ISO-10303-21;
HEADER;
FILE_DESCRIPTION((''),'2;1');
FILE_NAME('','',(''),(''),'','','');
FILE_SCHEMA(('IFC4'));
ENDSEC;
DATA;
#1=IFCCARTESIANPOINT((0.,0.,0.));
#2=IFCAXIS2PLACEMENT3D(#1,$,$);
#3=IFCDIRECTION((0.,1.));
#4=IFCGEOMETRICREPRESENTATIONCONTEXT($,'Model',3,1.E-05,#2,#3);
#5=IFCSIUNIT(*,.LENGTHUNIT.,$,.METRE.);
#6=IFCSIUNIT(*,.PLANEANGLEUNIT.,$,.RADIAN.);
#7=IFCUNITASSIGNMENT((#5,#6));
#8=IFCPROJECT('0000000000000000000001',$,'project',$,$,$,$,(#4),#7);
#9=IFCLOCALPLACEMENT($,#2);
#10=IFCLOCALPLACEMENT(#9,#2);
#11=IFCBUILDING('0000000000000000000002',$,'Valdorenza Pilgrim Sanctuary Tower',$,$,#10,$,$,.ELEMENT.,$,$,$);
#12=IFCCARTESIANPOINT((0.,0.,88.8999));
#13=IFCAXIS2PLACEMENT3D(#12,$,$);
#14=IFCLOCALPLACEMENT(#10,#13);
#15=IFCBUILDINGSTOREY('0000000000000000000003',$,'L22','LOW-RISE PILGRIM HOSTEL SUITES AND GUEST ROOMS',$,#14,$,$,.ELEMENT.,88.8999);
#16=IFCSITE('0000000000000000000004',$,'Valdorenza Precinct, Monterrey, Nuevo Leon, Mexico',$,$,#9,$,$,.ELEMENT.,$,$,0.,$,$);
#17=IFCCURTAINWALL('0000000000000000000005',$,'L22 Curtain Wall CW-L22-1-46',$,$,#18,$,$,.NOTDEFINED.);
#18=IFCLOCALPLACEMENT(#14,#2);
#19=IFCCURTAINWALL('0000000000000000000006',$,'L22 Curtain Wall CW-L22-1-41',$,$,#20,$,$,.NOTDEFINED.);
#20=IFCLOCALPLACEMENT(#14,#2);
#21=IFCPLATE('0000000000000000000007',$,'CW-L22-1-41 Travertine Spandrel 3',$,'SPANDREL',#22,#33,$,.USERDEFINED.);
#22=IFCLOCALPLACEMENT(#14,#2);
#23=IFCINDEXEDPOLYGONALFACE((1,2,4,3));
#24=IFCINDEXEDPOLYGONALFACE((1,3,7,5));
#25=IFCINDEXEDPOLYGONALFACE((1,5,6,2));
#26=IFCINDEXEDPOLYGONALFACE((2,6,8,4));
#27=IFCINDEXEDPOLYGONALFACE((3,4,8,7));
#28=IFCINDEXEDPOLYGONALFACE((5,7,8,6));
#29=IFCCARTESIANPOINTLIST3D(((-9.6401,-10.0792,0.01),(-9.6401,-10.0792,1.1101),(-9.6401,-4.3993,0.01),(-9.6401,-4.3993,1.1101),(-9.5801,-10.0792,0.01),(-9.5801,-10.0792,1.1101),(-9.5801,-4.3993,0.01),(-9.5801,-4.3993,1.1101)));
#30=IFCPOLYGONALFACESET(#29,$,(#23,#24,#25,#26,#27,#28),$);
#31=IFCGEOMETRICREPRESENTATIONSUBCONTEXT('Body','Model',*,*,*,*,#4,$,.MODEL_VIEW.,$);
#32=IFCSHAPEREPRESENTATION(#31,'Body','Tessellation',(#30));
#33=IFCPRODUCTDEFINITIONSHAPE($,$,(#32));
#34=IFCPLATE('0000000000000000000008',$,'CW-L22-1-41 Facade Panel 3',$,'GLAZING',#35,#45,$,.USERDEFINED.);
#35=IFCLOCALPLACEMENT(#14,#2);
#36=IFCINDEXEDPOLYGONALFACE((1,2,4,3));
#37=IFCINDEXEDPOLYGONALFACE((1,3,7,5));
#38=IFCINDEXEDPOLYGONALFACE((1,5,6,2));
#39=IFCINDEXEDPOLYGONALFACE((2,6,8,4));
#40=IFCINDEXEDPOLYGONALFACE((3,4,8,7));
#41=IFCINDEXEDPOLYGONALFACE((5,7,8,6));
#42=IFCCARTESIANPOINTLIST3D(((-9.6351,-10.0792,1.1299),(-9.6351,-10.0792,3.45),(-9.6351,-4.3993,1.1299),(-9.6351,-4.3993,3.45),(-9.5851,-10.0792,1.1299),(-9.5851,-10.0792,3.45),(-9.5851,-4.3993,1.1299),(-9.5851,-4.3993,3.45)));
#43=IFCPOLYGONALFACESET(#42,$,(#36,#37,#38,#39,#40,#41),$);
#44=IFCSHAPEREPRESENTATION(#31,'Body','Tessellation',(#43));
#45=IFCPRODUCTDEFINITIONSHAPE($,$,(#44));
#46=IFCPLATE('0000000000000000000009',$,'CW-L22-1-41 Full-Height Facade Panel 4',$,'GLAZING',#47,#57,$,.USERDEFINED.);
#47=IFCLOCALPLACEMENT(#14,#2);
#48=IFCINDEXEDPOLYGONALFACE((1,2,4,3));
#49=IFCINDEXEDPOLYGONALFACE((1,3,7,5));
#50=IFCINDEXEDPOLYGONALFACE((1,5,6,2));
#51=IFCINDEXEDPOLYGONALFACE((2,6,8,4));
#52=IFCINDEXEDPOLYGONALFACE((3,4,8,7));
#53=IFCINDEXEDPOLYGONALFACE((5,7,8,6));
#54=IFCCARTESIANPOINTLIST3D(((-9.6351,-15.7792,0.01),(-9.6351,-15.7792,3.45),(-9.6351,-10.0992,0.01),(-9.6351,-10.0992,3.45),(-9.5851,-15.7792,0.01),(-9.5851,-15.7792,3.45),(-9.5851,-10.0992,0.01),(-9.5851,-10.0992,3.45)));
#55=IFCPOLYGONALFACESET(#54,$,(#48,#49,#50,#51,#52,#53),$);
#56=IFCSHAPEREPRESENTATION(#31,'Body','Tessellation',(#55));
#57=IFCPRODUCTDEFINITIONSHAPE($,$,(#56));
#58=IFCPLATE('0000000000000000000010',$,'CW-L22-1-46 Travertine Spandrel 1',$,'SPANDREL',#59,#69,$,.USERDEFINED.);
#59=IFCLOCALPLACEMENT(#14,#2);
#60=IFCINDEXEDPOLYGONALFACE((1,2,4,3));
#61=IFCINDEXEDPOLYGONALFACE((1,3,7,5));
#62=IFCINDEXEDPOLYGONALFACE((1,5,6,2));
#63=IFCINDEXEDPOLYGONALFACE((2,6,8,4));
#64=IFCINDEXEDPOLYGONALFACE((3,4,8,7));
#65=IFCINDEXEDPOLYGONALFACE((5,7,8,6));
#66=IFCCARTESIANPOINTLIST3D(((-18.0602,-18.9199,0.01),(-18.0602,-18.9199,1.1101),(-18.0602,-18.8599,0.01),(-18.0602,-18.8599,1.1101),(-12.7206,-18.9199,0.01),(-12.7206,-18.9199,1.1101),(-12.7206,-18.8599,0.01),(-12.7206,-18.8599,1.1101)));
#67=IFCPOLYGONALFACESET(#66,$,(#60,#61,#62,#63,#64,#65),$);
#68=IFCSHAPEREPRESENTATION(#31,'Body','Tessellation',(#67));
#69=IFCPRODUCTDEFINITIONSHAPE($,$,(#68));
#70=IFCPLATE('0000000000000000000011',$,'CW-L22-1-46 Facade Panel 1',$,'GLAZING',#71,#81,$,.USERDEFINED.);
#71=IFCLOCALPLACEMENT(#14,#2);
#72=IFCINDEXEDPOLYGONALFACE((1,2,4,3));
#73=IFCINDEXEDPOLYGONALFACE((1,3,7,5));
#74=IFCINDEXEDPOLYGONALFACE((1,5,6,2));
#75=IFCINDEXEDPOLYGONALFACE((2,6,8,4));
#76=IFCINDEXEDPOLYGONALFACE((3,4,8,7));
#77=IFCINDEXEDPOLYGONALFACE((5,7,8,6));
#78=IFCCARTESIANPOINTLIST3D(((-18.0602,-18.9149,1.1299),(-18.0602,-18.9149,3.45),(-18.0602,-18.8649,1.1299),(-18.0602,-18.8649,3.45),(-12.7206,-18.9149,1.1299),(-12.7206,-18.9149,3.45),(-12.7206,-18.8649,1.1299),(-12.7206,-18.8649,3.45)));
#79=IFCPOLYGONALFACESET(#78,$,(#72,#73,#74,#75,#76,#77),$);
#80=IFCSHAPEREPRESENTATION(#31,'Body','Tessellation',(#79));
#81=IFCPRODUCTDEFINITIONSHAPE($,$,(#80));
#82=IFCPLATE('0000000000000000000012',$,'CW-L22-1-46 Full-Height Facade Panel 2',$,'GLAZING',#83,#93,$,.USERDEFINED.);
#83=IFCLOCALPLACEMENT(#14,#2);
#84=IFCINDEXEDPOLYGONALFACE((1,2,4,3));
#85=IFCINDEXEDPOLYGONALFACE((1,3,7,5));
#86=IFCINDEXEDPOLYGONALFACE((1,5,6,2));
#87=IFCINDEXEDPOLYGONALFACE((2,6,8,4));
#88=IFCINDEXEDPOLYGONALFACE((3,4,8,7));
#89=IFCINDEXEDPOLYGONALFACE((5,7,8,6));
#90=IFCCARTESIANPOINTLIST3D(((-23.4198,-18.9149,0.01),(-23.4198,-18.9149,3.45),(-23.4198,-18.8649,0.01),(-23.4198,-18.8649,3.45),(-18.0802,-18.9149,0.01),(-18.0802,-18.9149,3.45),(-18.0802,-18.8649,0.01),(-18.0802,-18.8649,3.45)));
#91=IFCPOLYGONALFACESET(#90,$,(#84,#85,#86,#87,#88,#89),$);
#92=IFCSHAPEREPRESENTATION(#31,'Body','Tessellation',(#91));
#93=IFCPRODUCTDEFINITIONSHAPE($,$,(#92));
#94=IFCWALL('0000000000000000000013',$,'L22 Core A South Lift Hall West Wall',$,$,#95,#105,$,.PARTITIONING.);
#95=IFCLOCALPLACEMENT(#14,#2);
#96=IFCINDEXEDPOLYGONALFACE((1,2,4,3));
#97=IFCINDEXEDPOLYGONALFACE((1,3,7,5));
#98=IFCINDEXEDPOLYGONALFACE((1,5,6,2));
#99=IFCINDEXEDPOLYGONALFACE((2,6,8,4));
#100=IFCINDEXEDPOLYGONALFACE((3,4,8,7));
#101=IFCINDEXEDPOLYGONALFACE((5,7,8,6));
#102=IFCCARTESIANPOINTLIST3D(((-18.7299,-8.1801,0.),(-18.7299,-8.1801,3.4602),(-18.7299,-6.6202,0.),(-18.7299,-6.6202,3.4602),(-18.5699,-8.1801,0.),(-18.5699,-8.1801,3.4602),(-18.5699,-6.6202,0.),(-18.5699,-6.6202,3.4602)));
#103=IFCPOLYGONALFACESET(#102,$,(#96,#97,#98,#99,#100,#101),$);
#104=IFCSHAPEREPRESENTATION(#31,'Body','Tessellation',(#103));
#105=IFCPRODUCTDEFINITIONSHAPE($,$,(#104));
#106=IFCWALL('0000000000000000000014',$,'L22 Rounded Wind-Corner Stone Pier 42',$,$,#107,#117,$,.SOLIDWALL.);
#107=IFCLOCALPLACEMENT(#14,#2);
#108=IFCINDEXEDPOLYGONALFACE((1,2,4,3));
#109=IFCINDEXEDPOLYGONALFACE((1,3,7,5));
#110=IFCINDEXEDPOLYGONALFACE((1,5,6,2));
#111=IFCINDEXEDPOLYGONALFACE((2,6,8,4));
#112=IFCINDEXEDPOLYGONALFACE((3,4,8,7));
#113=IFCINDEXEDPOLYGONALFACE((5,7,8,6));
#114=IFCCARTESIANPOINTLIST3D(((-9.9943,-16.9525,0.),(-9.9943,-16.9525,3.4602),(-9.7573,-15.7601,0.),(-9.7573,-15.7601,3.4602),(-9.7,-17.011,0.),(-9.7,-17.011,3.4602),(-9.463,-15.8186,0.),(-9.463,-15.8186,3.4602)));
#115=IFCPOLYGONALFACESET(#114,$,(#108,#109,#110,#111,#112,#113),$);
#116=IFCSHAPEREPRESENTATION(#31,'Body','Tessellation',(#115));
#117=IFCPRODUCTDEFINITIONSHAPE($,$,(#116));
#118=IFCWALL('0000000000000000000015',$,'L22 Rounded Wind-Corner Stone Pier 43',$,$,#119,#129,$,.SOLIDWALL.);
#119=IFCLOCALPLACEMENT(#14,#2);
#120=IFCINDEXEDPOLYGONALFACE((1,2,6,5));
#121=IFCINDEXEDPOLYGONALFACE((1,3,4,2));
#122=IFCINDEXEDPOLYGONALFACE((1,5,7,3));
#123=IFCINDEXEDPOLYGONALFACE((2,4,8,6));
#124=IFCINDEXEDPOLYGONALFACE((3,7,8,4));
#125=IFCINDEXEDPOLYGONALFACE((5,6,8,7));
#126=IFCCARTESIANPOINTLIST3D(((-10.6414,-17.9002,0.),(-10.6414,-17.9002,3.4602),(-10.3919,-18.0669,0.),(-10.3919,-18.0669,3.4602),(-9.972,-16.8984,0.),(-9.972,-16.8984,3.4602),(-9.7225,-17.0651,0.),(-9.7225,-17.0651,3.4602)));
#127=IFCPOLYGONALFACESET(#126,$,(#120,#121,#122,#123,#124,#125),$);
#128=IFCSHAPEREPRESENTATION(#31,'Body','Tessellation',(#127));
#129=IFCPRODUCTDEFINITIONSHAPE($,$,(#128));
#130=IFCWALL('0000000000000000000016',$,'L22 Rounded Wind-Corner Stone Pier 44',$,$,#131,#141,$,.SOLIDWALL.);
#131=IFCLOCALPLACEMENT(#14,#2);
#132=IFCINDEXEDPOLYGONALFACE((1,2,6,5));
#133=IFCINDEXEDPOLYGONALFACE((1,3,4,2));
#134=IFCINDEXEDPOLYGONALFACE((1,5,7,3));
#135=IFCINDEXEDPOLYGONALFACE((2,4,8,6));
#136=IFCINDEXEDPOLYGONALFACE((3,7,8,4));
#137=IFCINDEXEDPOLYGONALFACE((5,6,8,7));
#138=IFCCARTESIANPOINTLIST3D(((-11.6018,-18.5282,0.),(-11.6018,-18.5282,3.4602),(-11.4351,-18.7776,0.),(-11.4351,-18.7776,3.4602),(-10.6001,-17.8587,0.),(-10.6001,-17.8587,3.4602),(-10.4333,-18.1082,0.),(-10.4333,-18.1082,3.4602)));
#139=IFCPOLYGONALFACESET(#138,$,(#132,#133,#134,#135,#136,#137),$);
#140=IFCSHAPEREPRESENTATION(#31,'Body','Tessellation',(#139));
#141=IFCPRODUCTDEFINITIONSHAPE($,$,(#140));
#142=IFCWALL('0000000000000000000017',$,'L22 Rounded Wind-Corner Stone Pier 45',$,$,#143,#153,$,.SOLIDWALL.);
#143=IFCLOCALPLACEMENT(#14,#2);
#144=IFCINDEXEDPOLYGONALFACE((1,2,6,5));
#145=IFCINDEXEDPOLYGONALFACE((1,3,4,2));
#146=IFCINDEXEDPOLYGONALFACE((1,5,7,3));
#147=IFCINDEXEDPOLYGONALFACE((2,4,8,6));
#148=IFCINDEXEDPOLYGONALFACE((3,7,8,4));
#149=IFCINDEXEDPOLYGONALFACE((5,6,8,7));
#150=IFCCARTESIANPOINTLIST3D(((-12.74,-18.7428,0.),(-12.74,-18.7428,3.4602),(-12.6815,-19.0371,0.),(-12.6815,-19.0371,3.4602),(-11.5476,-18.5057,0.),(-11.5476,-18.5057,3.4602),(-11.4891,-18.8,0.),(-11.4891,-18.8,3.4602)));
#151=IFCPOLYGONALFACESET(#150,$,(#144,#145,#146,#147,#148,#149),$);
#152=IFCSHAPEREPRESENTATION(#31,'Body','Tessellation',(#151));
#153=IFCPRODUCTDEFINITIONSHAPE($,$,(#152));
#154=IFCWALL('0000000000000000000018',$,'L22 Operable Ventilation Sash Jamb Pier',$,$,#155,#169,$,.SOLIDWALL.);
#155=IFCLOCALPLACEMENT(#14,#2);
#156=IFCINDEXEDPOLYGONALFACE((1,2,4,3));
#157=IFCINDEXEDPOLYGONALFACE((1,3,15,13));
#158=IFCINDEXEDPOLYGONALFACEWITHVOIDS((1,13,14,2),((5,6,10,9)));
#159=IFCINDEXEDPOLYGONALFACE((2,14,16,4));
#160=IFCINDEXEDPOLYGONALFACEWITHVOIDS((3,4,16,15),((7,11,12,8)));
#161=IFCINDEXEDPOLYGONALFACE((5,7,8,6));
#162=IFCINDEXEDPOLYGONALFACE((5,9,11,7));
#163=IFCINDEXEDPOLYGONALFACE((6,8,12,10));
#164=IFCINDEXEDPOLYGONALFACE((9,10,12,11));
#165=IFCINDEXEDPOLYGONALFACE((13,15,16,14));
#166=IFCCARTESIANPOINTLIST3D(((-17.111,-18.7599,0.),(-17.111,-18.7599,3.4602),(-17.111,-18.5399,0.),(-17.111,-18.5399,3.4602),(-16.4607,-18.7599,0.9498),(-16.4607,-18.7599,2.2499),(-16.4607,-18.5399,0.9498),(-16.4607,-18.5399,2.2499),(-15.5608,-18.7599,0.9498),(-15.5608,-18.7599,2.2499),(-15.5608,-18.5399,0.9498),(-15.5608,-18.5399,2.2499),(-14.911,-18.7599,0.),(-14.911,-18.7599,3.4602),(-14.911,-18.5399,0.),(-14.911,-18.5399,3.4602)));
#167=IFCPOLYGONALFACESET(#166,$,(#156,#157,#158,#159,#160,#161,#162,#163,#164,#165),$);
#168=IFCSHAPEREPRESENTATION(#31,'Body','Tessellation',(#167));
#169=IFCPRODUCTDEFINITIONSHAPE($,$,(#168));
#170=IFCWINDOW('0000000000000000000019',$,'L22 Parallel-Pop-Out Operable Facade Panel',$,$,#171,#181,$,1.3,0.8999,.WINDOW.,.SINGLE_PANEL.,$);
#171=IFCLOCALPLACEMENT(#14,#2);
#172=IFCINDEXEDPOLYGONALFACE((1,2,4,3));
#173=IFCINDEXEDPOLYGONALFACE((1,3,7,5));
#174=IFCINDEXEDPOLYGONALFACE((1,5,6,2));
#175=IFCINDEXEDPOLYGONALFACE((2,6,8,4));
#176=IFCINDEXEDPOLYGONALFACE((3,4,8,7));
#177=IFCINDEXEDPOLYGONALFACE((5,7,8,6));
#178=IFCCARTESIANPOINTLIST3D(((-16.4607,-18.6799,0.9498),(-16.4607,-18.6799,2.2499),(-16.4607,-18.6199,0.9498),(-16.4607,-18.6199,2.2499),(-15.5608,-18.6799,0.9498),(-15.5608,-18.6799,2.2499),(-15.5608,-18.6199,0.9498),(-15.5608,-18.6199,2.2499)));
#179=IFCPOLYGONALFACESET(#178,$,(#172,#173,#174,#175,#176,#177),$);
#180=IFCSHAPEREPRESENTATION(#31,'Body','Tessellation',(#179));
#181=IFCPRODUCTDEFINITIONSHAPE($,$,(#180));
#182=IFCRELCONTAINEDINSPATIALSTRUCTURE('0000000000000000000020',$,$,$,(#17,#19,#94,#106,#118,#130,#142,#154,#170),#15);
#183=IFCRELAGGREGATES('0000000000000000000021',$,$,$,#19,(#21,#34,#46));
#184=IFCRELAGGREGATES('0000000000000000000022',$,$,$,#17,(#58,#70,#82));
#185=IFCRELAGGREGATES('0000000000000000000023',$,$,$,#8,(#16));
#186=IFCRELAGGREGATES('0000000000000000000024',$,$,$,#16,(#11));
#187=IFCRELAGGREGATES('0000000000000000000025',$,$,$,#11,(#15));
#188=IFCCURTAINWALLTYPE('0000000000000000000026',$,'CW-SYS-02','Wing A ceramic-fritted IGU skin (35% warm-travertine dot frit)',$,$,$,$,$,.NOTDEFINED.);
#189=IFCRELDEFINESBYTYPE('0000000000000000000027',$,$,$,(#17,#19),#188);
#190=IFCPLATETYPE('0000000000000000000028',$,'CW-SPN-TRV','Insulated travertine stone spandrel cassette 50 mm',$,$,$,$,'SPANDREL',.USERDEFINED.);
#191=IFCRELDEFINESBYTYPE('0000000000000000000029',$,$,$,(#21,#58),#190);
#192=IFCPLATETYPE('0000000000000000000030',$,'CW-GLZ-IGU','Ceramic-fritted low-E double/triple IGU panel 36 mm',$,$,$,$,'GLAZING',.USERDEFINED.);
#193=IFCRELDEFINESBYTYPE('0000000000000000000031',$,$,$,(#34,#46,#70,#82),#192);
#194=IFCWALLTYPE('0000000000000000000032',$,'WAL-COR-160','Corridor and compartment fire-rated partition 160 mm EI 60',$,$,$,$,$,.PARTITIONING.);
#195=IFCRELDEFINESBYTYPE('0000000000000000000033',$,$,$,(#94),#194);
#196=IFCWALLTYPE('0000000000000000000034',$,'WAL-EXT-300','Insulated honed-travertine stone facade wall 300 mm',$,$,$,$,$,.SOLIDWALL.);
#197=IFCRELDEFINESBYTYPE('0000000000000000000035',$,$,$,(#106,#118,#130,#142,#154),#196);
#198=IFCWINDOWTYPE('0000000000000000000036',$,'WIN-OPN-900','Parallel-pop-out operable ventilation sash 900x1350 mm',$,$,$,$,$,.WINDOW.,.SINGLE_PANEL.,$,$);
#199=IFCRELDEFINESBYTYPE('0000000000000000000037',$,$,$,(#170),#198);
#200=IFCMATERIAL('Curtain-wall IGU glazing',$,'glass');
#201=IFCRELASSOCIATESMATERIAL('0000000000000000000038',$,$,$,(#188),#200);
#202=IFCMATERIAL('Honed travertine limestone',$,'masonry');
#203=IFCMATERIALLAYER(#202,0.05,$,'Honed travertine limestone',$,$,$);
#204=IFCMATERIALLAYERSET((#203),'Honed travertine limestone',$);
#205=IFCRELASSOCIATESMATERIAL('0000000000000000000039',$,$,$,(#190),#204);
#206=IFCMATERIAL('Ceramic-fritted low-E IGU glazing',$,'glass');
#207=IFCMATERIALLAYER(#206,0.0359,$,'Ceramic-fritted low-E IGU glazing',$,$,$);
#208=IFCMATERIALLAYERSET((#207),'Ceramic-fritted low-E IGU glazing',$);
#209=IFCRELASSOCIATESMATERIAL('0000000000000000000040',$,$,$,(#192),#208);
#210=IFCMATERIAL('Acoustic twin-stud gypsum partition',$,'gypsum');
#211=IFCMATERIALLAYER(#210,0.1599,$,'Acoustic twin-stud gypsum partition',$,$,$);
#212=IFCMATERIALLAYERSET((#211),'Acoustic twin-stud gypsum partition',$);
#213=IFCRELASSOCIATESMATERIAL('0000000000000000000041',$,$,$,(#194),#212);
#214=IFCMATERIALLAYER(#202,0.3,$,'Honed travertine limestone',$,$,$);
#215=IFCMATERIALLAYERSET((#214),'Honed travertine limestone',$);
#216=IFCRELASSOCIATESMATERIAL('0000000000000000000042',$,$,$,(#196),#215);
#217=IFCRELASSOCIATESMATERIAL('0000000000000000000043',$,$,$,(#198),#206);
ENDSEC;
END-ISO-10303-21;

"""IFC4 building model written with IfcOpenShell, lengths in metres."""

from ifc_helpers import new_model, si_unit, direction, frame, frame_2d, origin, origin_2d, place, context, subcontext, project, spatial, rectangle, extrude, source, transform, mapped, material, layer, layer_set, type_object, element, fill, aggregate, save


model = new_model("IFC4")

# Units and contexts
model_context = context("Model", 3, precision=1e-05, world=origin(), true_north=direction((0.0, 1.0)))
body_context = subcontext(model_context, "Body", "Model", "MODEL_VIEW")
ifc_project = project(units=[si_unit("LENGTHUNIT", "METRE"), si_unit("PLANEANGLEUNIT", "RADIAN")], contexts=[model_context])

# Site, building, storey
site_placement = place(None, origin())
site = spatial("IfcSite", under=ifc_project, at=site_placement, Name="Valdorenza Precinct, Monterrey, Nuevo Leon, Mexico", CompositionType="ELEMENT", RefElevation=0.0)
building_placement = place(site_placement, origin())
building = spatial("IfcBuilding", under=site, at=building_placement, Name="Valdorenza Pilgrim Sanctuary Tower", CompositionType="ELEMENT")
storey_placement = place(building_placement, frame((0.0, 0.0, 88.8999)))
storey = spatial("IfcBuildingStorey", under=building, at=storey_placement, Name="L22", Description="LOW-RISE PILGRIM HOSTEL SUITES AND GUEST ROOMS", CompositionType="ELEMENT", Elevation=88.8999)

# Curtain wall
ifc_material_1 = material(Name="Curtain-wall IGU glazing", Category="glass")
curtain_wall_type = type_object("IfcCurtainWallType", Name="CW-SYS-02", Description="Wing A ceramic-fritted IGU skin (35% warm-travertine dot frit)", PredefinedType="NOTDEFINED", material=ifc_material_1)
curtain_wall_1_placement = place(storey_placement, origin())
curtain_wall_1 = element("IfcCurtainWall", 1, at=curtain_wall_1_placement, inside=storey, type_object=curtain_wall_type, Name="L22 Curtain Wall CW-L22-1-46", PredefinedType="NOTDEFINED")

# Curtain wall
curtain_wall_2_placement = place(storey_placement, origin())
curtain_wall_2 = element("IfcCurtainWall", 2, at=curtain_wall_2_placement, inside=storey, type_object=curtain_wall_type, Name="L22 Curtain Wall CW-L22-1-41", PredefinedType="NOTDEFINED")

# Plates
ifc_material_2 = material(Name="Honed travertine limestone", Category="masonry")
ifc_layer_1 = layer(ifc_material_2, 0.05, Name="Honed travertine limestone")
ifc_layer_set_1 = layer_set([ifc_layer_1], Name="Honed travertine limestone")
plate_type_1 = type_object("IfcPlateType", Name="CW-SPN-TRV", Description="Insulated travertine stone spandrel cassette 50 mm", ElementType="SPANDREL", PredefinedType="USERDEFINED", material=ifc_layer_set_1)
shared_shape_1 = source(origin(), body_context, "Body", "SweptSolid", [
    extrude(rectangle(XDim=5.6799, YDim=0.0601, at=origin_2d()), origin(), (0.0, 0.0, 1.0), 1.1001),
])
plate_1_placement = place(storey_placement, frame((-9.6101, -7.2393, 0.01), z_axis=(0.0, 0.0, 1.0), x_axis=(0.0, -1.0, 0.0)))
plate_1 = element("IfcPlate", 3, at=plate_1_placement, type_object=plate_type_1, Name="CW-L22-1-41 Travertine Spandrel 3", ObjectType="SPANDREL", PredefinedType="USERDEFINED", context=body_context, shape_type="MappedRepresentation", body=[
    mapped(shared_shape_1, transform((0.0, 0.0, 0.0), x_axis=(1.0, 0.0, 0.0), y_axis=(0.0, 1.0, 0.0), z_axis=(0.0, 0.0, 1.0), scale=1.0)),
])
ifc_material_3 = material(Name="Ceramic-fritted low-E IGU glazing", Category="glass")
ifc_layer_2 = layer(ifc_material_3, 0.0359, Name="Ceramic-fritted low-E IGU glazing")
ifc_layer_set_2 = layer_set([ifc_layer_2], Name="Ceramic-fritted low-E IGU glazing")
plate_type_2 = type_object("IfcPlateType", Name="CW-GLZ-IGU", Description="Ceramic-fritted low-E double/triple IGU panel 36 mm", ElementType="GLAZING", PredefinedType="USERDEFINED", material=ifc_layer_set_2)
shared_shape_2 = source(origin(), body_context, "Body", "SweptSolid", [
    extrude(rectangle(XDim=5.6799, YDim=0.05, at=origin_2d()), origin(), (0.0, 0.0, 1.0), 2.3201),
])
plate_2_placement = place(storey_placement, frame((-9.6101, -7.2393, 1.1299), z_axis=(0.0, 0.0, 1.0), x_axis=(0.0, -1.0, 0.0)))
plate_2 = element("IfcPlate", 4, at=plate_2_placement, type_object=plate_type_2, Name="CW-L22-1-41 Facade Panel 3", ObjectType="GLAZING", PredefinedType="USERDEFINED", context=body_context, shape_type="MappedRepresentation", body=[
    mapped(shared_shape_2, transform((0.0, 0.0, 0.0), x_axis=(1.0, 0.0, 0.0), y_axis=(0.0, 1.0, 0.0), z_axis=(0.0, 0.0, 1.0), scale=1.0)),
])
shared_shape_3 = source(origin(), body_context, "Body", "SweptSolid", [
    extrude(rectangle(XDim=5.6799, YDim=0.05, at=origin_2d()), origin(), (0.0, 0.0, 1.0), 3.4399),
])
plate_3_placement = place(storey_placement, frame((-9.6101, -12.9392, 0.01), z_axis=(0.0, 0.0, 1.0), x_axis=(0.0, -1.0, 0.0)))
plate_3 = element("IfcPlate", 5, at=plate_3_placement, type_object=plate_type_2, Name="CW-L22-1-41 Full-Height Facade Panel 4", ObjectType="GLAZING", PredefinedType="USERDEFINED", context=body_context, shape_type="MappedRepresentation", body=[
    mapped(shared_shape_3, transform((0.0, 0.0, 0.0), x_axis=(1.0, 0.0, 0.0), y_axis=(0.0, 1.0, 0.0), z_axis=(0.0, 0.0, 1.0), scale=1.0)),
])
aggregate(curtain_wall_2, [plate_1, plate_2, plate_3])
shared_shape_4 = source(origin(), body_context, "Body", "SweptSolid", [
    extrude(rectangle(XDim=5.3396, YDim=0.0601, at=origin_2d()), origin(), (0.0, 0.0, 1.0), 1.1001),
])
plate_4_placement = place(storey_placement, frame((-15.3904, -18.8899, 0.01), z_axis=(0.0, 0.0, 1.0), x_axis=(-1.0, 0.0, 0.0)))
plate_4 = element("IfcPlate", 6, at=plate_4_placement, type_object=plate_type_1, Name="CW-L22-1-46 Travertine Spandrel 1", ObjectType="SPANDREL", PredefinedType="USERDEFINED", context=body_context, shape_type="MappedRepresentation", body=[
    mapped(shared_shape_4, transform((0.0, 0.0, 0.0), x_axis=(1.0, 0.0, 0.0), y_axis=(0.0, 1.0, 0.0), z_axis=(0.0, 0.0, 1.0), scale=1.0)),
])
shared_shape_5 = source(origin(), body_context, "Body", "SweptSolid", [
    extrude(rectangle(XDim=5.3396, YDim=0.05, at=origin_2d()), origin(), (0.0, 0.0, 1.0), 2.3201),
])
plate_5_placement = place(storey_placement, frame((-15.3904, -18.8899, 1.1299), z_axis=(0.0, 0.0, 1.0), x_axis=(-1.0, 0.0, 0.0)))
plate_5 = element("IfcPlate", 7, at=plate_5_placement, type_object=plate_type_2, Name="CW-L22-1-46 Facade Panel 1", ObjectType="GLAZING", PredefinedType="USERDEFINED", context=body_context, shape_type="MappedRepresentation", body=[
    mapped(shared_shape_5, transform((0.0, 0.0, 0.0), x_axis=(1.0, 0.0, 0.0), y_axis=(0.0, 1.0, 0.0), z_axis=(0.0, 0.0, 1.0), scale=1.0)),
])
shared_shape_6 = source(origin(), body_context, "Body", "SweptSolid", [
    extrude(rectangle(XDim=5.3396, YDim=0.05, at=origin_2d()), origin(), (0.0, 0.0, 1.0), 3.4399),
])
plate_6_placement = place(storey_placement, frame((-20.75, -18.8899, 0.01), z_axis=(0.0, 0.0, 1.0), x_axis=(-1.0, 0.0, 0.0)))
plate_6 = element("IfcPlate", 8, at=plate_6_placement, type_object=plate_type_2, Name="CW-L22-1-46 Full-Height Facade Panel 2", ObjectType="GLAZING", PredefinedType="USERDEFINED", context=body_context, shape_type="MappedRepresentation", body=[
    mapped(shared_shape_6, transform((0.0, 0.0, 0.0), x_axis=(1.0, 0.0, 0.0), y_axis=(0.0, 1.0, 0.0), z_axis=(0.0, 0.0, 1.0), scale=1.0)),
])
aggregate(curtain_wall_1, [plate_4, plate_5, plate_6])

# Walls
ifc_material_4 = material(Name="Acoustic twin-stud gypsum partition", Category="gypsum")
ifc_layer_3 = layer(ifc_material_4, 0.1599, Name="Acoustic twin-stud gypsum partition")
ifc_layer_set_3 = layer_set([ifc_layer_3], Name="Acoustic twin-stud gypsum partition")
wall_type_1 = type_object("IfcWallType", Name="WAL-COR-160", Description="Corridor and compartment fire-rated partition 160 mm EI 60", PredefinedType="PARTITIONING", material=ifc_layer_set_3)
wall_1_placement = place(storey_placement, frame((-18.6499, -8.1799, 0.0), z_axis=(0.0, 0.0, 1.0), x_axis=(0.0, 1.0, 0.0)))
element("IfcWall", 9, at=wall_1_placement, inside=storey, type_object=wall_type_1, Name="L22 Core A South Lift Hall West Wall", PredefinedType="PARTITIONING", context=body_context, shape_type="SweptSolid", body=[
    extrude(rectangle(XDim=1.5598, YDim=0.1599, at=frame_2d((0.7798, 0.0))), origin(), (0.0, 0.0, 1.0), 3.4602),
])
ifc_layer_4 = layer(ifc_material_2, 0.3, Name="Honed travertine limestone")
ifc_layer_set_4 = layer_set([ifc_layer_4], Name="Honed travertine limestone")
wall_type_2 = type_object("IfcWallType", Name="WAL-EXT-300", Description="Insulated honed-travertine stone facade wall 300 mm", PredefinedType="SOLIDWALL", material=ifc_layer_set_4)
wall_2_placement = place(storey_placement, frame((-9.6101, -15.7893, 0.0), z_axis=(0.0, 0.0, 1.0), x_axis=(-0.194996, -0.980804, 0.0)))
element("IfcWall", 10, at=wall_2_placement, inside=storey, type_object=wall_type_2, Name="L22 Rounded Wind-Corner Stone Pier 42", PredefinedType="SOLIDWALL", context=body_context, shape_type="SweptSolid", body=[
    extrude(rectangle(XDim=1.2158, YDim=0.3, at=frame_2d((0.6079, 0.0))), origin(), (0.0, 0.0, 1.0), 3.4602),
])
for number, where, z_axis, x_axis, name in (
    (11, (-9.8472, -16.9817, 0.0), (0.0, 0.0, 1.0), (-0.555635, -0.831426, 0.0), "L22 Rounded Wind-Corner Stone Pier 43"),
    (12, (-10.5166, -17.9834, 0.0), (0.0, 0.0, 1.0), (-0.831426, -0.555635, 0.0), "L22 Rounded Wind-Corner Stone Pier 44"),
):
    element("IfcWall", number, at=place(storey_placement, frame(where, z_axis=z_axis, x_axis=x_axis)), inside=storey, type_object=wall_type_2, Name=name, PredefinedType="SOLIDWALL", context=body_context, shape_type="SweptSolid", body=[
        extrude(rectangle(XDim=1.2048, YDim=0.3, at=frame_2d((0.6025, 0.0))), origin(), (0.0, 0.0, 1.0), 3.4602),
    ])
wall_3_placement = place(storey_placement, frame((-11.5183, -18.6528, 0.0), z_axis=(0.0, 0.0, 1.0), x_axis=(-0.980804, -0.194996, 0.0)))
element("IfcWall", 13, at=wall_3_placement, inside=storey, type_object=wall_type_2, Name="L22 Rounded Wind-Corner Stone Pier 45", PredefinedType="SOLIDWALL", context=body_context, shape_type="SweptSolid", body=[
    extrude(rectangle(XDim=1.2158, YDim=0.3, at=frame_2d((0.6079, 0.0))), origin(), (0.0, 0.0, 1.0), 3.4602),
])

# Wall, opening, window
wall_4_placement = place(storey_placement, frame((-14.9109, -18.6499, 0.0), z_axis=(0.0, 0.0, 1.0), x_axis=(-1.0, 0.0, 0.0)))
wall_4 = element("IfcWall", 14, at=wall_4_placement, inside=storey, type_object=wall_type_2, Name="L22 Operable Ventilation Sash Jamb Pier", PredefinedType="SOLIDWALL", context=body_context, shape_type="SweptSolid", body=[
    extrude(rectangle(XDim=2.2, YDim=0.22, at=frame_2d((1.1001, 0.0))), origin(), (0.0, 0.0, 1.0), 3.4602),
])
opening_1_placement = place(wall_4_placement, frame((0.6499, 0.0, 0.95)))
opening_1 = element("IfcOpeningElement", 15, at=opening_1_placement, cuts=wall_4, PredefinedType="OPENING", context=body_context, shape_type="SweptSolid", body=[
    extrude(rectangle(XDim=0.8999, YDim=1.3, at=frame_2d((0.45, 0.6499))), frame((0.0, 0.125, 0.0), z_axis=(0.0, -1.0, 0.0), x_axis=(1.0, 0.0, 0.0)), (0.0, 0.0, 1.0), 0.2498),
])
window_type = type_object("IfcWindowType", Name="WIN-OPN-900", Description="Parallel-pop-out operable ventilation sash 900x1350 mm", PartitioningType="SINGLE_PANEL", PredefinedType="WINDOW", material=ifc_material_3)
window_placement = place(opening_1_placement, origin())
window = element("IfcWindow", 16, at=window_placement, inside=storey, type_object=window_type, Name="L22 Parallel-Pop-Out Operable Facade Panel", OverallHeight=1.3, OverallWidth=0.8999, PartitioningType="SINGLE_PANEL", PredefinedType="WINDOW", context=body_context, shape_type="SweptSolid", body=[
    extrude(rectangle(XDim=0.8999, YDim=1.3, at=frame_2d((0.45, 0.6499))), frame((0.0, 0.03, 0.0), z_axis=(0.0, -1.0, 0.0), x_axis=(1.0, 0.0, 0.0)), (0.0, 0.0, 1.0), 0.0601),
])
fill(opening_1, window)

save(model, "model.ifc")
